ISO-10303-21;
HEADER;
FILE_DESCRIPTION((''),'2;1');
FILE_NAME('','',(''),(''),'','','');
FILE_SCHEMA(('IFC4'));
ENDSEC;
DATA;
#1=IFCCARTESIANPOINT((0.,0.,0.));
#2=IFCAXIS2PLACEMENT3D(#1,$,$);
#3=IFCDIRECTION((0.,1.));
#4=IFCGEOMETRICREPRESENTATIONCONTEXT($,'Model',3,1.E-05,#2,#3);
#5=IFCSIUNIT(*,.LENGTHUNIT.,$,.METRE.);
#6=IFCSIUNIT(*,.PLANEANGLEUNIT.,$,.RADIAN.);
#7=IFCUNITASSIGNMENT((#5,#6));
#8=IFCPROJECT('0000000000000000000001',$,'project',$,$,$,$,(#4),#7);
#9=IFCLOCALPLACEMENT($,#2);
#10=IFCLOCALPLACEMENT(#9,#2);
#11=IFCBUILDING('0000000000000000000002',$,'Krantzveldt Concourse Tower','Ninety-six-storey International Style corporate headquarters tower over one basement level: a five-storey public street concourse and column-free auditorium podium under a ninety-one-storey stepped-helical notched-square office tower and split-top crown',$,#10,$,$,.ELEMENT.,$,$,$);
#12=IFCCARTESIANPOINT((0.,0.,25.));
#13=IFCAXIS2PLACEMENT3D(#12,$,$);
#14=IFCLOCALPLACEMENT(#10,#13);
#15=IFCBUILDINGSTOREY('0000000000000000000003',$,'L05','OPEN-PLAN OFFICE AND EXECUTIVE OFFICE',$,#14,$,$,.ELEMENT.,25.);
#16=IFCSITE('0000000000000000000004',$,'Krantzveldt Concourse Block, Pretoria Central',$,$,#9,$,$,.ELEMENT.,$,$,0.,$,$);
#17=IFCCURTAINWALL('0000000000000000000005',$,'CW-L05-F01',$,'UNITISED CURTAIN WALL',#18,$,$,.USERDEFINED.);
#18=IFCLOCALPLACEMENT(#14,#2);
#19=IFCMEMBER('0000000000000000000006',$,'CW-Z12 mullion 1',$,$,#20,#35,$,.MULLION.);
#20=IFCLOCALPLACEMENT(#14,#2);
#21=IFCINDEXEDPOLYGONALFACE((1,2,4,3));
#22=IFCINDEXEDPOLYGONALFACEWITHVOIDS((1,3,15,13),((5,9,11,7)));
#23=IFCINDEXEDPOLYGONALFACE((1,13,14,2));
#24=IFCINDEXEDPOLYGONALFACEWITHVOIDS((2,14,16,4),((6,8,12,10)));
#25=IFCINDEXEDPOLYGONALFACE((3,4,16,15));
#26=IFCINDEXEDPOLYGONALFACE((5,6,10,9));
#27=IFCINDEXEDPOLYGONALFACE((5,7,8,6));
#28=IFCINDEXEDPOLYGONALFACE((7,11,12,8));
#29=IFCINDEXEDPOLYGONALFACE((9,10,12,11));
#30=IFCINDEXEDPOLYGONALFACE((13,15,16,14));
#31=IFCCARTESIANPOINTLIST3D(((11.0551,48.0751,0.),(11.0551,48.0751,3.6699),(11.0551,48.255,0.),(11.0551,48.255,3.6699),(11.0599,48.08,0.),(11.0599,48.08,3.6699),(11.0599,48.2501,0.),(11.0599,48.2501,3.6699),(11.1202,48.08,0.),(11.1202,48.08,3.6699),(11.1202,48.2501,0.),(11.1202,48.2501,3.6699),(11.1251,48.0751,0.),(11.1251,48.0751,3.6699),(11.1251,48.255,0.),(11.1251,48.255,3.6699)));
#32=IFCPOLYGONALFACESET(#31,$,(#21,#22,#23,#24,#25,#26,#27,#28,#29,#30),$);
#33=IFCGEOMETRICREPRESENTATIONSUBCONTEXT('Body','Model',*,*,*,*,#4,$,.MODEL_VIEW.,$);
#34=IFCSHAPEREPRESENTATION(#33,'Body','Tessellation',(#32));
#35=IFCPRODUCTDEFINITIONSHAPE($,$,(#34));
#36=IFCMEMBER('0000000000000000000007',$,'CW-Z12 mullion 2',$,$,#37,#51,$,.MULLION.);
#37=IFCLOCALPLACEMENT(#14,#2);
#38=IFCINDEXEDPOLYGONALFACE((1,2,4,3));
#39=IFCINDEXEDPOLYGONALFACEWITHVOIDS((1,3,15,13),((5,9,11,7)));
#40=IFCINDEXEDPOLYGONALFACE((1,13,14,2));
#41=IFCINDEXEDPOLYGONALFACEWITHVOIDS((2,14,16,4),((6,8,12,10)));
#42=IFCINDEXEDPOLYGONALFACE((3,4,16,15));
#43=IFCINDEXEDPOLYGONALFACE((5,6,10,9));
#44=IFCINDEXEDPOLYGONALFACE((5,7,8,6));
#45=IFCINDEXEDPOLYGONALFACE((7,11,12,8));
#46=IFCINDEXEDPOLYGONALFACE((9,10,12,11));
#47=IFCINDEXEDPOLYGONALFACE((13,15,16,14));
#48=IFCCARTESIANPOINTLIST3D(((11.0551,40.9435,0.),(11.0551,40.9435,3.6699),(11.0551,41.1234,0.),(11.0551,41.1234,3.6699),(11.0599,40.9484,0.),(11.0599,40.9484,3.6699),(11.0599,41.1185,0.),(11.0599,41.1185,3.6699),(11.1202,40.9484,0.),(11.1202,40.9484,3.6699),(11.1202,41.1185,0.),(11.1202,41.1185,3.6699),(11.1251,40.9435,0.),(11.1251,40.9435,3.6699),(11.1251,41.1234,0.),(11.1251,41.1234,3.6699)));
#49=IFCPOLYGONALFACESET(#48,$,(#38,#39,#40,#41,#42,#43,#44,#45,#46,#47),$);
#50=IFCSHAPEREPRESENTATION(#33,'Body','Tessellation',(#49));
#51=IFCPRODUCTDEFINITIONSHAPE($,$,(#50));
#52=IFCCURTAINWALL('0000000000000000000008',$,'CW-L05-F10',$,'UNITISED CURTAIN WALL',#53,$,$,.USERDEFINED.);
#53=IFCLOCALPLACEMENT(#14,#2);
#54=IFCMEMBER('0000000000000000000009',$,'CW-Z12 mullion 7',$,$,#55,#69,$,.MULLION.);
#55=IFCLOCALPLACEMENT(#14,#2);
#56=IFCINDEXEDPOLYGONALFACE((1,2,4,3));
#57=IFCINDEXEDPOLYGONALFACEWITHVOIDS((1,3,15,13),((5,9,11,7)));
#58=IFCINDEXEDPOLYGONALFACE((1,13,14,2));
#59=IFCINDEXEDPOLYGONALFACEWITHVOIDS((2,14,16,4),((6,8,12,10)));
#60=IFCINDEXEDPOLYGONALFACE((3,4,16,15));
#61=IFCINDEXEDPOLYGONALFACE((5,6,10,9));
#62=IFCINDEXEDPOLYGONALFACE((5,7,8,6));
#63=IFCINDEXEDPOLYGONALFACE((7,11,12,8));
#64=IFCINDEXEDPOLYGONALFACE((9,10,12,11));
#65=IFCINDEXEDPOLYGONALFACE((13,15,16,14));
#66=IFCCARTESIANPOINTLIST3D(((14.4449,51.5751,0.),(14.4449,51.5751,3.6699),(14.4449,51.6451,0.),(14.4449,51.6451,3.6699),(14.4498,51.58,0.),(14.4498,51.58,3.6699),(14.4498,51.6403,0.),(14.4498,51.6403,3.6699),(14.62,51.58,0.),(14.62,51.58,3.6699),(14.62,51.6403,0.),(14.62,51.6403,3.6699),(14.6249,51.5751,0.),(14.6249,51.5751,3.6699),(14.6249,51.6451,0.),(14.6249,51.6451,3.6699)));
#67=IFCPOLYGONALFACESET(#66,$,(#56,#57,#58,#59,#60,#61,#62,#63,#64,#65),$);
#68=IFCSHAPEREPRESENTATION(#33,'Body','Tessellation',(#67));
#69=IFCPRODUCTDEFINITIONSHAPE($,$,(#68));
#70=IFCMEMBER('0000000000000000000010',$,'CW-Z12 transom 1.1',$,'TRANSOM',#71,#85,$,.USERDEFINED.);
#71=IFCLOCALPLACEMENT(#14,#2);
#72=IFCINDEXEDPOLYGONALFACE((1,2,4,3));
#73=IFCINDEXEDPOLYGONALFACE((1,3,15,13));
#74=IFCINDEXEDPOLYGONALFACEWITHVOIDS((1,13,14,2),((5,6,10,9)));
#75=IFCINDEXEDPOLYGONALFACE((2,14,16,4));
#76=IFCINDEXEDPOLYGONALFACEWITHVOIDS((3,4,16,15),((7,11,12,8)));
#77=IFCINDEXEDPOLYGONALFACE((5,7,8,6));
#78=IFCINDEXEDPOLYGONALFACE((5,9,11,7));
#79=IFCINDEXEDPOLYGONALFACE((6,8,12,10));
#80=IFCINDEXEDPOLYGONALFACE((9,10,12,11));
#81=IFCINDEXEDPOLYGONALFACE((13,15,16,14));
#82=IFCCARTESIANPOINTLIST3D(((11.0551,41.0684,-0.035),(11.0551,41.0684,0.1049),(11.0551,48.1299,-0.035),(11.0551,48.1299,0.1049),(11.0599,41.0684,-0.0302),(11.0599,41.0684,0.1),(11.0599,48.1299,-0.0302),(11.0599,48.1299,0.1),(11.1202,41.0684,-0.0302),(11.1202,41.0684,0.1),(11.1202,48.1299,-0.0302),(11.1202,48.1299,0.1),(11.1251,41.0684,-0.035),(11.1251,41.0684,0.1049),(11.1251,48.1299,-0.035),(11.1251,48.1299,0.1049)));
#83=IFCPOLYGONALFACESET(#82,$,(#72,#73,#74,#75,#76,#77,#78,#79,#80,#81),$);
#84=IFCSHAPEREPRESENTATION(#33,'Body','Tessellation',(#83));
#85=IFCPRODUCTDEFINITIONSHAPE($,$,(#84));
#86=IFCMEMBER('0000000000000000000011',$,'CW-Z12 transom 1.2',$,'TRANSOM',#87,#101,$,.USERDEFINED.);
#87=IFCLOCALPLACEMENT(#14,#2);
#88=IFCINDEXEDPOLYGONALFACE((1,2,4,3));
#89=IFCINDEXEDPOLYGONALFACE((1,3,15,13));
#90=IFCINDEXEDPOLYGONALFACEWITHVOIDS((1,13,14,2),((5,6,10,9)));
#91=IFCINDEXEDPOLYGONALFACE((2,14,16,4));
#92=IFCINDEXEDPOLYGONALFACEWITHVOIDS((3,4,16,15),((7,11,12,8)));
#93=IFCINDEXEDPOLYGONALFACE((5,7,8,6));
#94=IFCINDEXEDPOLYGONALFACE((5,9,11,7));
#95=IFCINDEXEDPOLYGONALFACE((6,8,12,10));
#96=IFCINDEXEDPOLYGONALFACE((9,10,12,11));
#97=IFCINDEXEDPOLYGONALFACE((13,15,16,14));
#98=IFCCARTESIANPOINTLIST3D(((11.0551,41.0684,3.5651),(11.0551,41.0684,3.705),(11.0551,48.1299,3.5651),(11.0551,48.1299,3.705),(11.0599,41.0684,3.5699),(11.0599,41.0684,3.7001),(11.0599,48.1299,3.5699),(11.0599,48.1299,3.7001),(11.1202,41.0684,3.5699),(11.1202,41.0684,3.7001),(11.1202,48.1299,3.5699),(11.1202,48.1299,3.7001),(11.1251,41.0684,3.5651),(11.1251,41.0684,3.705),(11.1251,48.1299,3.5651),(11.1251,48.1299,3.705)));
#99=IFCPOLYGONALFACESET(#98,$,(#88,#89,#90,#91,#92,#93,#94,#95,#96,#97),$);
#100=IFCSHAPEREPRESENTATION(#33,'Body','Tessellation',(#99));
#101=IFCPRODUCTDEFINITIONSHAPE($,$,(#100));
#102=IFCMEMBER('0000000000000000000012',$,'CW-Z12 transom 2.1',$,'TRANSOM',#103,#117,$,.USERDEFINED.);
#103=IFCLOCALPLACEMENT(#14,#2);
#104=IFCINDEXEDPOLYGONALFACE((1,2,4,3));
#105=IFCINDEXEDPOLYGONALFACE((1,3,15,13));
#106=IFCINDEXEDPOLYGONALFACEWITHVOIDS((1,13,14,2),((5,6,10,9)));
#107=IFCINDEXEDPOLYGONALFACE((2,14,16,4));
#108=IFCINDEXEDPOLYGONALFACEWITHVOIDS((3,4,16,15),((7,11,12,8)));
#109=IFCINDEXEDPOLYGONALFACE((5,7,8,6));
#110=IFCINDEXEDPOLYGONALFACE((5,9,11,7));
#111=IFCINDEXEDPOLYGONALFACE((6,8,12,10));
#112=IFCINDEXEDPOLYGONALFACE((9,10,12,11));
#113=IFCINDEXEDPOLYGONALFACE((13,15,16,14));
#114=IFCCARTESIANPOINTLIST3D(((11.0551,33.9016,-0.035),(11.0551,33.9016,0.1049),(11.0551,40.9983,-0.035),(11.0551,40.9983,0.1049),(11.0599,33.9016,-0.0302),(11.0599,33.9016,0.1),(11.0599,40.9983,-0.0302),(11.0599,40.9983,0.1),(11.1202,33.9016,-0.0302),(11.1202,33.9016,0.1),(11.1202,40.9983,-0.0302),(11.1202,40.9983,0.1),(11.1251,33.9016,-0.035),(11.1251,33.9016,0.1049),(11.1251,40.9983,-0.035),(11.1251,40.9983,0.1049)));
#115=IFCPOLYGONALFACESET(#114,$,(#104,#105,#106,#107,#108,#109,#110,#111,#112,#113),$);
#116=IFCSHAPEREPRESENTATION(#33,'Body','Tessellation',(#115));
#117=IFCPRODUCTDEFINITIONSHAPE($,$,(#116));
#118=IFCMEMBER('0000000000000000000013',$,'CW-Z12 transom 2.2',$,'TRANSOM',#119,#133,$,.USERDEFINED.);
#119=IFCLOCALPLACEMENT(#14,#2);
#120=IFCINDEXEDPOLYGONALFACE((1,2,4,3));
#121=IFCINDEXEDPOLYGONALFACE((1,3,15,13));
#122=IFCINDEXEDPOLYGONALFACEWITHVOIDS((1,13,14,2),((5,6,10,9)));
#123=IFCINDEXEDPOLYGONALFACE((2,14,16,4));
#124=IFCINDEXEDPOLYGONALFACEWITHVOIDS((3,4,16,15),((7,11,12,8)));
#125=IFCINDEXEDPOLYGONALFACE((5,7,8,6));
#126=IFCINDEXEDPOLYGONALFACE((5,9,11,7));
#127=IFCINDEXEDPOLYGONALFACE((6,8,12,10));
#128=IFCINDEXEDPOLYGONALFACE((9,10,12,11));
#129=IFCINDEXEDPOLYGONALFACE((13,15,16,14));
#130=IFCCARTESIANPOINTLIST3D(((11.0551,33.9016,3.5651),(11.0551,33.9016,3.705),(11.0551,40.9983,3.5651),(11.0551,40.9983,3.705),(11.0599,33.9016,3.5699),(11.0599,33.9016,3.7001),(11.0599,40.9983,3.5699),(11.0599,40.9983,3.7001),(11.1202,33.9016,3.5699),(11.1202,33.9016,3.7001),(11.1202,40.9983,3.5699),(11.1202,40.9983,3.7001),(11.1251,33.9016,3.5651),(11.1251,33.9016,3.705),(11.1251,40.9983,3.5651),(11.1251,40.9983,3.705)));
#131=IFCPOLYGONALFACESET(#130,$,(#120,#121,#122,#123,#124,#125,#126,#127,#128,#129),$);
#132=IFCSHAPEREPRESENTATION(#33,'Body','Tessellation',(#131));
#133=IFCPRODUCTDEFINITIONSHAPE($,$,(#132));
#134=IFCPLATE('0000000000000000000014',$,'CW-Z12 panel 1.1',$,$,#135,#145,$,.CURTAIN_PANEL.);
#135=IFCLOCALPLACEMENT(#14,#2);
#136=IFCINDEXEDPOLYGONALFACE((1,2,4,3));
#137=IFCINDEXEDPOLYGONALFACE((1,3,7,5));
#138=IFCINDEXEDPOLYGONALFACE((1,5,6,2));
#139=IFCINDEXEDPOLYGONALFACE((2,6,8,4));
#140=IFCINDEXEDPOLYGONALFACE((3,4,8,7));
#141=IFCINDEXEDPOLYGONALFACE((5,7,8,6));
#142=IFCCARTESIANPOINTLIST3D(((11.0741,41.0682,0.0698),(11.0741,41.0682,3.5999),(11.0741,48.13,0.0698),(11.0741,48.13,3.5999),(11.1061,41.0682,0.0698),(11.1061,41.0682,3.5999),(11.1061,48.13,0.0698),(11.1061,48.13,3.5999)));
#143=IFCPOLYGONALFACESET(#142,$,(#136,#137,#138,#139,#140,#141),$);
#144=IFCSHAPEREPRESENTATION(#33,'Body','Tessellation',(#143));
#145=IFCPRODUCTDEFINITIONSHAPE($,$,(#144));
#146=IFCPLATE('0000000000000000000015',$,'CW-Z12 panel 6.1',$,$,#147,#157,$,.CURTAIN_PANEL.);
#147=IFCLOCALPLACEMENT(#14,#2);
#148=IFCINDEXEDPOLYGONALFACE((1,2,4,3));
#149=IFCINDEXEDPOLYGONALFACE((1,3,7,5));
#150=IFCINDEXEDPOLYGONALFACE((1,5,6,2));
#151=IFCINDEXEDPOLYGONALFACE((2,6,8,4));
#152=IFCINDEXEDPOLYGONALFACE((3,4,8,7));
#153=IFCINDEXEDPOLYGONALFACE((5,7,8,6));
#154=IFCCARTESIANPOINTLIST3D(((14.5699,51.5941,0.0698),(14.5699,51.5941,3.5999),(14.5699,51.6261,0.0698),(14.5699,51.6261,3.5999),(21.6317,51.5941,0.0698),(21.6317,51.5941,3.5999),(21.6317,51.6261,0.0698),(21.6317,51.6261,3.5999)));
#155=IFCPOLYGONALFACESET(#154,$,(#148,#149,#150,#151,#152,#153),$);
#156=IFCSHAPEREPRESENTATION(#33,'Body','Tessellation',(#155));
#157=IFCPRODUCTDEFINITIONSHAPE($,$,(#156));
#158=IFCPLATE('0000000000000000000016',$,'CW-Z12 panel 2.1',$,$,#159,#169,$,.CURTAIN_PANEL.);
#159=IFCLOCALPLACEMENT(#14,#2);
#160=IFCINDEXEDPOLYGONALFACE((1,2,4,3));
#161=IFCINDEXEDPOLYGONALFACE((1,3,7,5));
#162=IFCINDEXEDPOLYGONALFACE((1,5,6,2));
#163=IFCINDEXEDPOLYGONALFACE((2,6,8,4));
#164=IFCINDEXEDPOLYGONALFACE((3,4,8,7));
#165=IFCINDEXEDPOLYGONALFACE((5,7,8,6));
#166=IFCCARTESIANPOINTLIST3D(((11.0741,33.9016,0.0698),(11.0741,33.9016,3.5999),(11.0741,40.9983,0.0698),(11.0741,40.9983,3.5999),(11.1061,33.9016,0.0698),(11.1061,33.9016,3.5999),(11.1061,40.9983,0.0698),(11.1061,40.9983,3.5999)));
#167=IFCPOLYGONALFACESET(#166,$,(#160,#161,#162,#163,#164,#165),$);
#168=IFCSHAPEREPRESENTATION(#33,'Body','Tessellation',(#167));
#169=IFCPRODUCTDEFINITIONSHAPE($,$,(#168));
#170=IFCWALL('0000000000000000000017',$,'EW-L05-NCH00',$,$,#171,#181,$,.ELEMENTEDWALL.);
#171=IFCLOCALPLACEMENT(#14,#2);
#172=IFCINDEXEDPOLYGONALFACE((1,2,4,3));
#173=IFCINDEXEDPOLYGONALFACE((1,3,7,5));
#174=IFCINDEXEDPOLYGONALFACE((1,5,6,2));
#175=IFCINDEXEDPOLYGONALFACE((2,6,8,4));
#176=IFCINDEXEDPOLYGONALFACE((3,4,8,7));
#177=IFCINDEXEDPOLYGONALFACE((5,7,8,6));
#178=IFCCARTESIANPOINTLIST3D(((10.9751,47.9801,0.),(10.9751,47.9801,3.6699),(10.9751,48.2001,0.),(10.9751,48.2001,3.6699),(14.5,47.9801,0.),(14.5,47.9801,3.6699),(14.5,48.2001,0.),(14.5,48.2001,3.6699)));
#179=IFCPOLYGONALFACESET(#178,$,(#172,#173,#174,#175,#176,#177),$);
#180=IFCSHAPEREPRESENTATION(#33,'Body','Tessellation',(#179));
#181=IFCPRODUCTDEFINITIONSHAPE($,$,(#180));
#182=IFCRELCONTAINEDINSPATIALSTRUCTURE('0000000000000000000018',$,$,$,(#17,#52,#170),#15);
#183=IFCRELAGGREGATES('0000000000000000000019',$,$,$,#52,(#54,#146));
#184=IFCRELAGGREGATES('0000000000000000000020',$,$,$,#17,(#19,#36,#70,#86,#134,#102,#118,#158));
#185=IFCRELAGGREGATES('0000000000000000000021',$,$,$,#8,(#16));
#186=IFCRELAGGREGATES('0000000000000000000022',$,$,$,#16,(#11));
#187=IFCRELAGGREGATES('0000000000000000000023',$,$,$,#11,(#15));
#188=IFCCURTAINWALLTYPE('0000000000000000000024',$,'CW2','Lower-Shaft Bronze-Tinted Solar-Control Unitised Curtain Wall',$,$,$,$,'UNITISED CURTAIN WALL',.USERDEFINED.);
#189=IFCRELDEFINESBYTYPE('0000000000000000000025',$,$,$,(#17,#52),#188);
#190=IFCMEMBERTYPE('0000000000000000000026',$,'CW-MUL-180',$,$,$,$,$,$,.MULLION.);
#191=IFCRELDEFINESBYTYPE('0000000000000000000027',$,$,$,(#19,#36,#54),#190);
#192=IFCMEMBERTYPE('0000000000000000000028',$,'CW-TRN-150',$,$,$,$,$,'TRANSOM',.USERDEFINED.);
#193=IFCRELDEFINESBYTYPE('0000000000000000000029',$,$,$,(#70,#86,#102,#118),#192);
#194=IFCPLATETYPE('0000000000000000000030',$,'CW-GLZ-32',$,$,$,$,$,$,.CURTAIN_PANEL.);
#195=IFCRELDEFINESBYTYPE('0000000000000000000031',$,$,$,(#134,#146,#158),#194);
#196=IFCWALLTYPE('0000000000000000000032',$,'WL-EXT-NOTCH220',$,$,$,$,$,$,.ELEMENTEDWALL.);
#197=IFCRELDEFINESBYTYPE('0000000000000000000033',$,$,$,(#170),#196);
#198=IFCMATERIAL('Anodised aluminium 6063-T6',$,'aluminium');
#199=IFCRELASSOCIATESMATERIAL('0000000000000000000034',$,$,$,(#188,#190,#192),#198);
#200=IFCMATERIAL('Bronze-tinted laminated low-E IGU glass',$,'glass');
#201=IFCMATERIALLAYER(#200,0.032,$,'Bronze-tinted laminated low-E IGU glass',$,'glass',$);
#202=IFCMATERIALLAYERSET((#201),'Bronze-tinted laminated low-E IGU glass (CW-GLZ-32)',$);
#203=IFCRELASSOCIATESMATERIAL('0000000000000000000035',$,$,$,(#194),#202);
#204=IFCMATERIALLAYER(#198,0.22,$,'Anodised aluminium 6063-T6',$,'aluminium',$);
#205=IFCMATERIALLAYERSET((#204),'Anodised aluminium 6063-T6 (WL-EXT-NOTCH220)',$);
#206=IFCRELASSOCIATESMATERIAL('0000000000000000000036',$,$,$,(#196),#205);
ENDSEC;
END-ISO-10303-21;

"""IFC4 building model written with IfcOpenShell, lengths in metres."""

from ifc_helpers import new_model, si_unit, direction, frame, frame_2d, origin, origin_2d, place, context, subcontext, project, spatial, rectangle, hollow_rectangle, extrude, source, transform, mapped, material, layer, layer_set, material_profile, profile_set, type_object, type_shapes, element, aggregate, save


model = new_model("IFC4")

# Units and contexts
model_context = context("Model", 3, precision=1e-05, world=origin(), true_north=direction((0.0, 1.0)))
body_context = subcontext(model_context, "Body", "Model", "MODEL_VIEW")
ifc_project = project(units=[si_unit("LENGTHUNIT", "METRE"), si_unit("PLANEANGLEUNIT", "RADIAN")], contexts=[model_context])

# Site, building, storey
site_placement = place(None, origin())
site = spatial("IfcSite", under=ifc_project, at=site_placement, Name="Krantzveldt Concourse Block, Pretoria Central", CompositionType="ELEMENT", RefElevation=0.0)
building_placement = place(site_placement, origin())
building = spatial("IfcBuilding", under=site, at=building_placement, Name="Krantzveldt Concourse Tower", Description="Ninety-six-storey International Style corporate headquarters tower over one basement level: a five-storey public street concourse and column-free auditorium podium under a ninety-one-storey stepped-helical notched-square office tower and split-top crown", CompositionType="ELEMENT")
storey_placement = place(building_placement, frame((0.0, 0.0, 25.0)))
storey = spatial("IfcBuildingStorey", under=building, at=storey_placement, Name="L05", Description="OPEN-PLAN OFFICE AND EXECUTIVE OFFICE", CompositionType="ELEMENT", Elevation=25.0)

# Curtain wall, members
ifc_material_1 = material(Name="Anodised aluminium 6063-T6", Category="aluminium")
curtain_wall_type = type_object("IfcCurtainWallType", Name="CW2", Description="Lower-Shaft Bronze-Tinted Solar-Control Unitised Curtain Wall", ElementType="UNITISED CURTAIN WALL", PredefinedType="USERDEFINED", material=ifc_material_1)
curtain_wall_1_placement = place(storey_placement, origin())
curtain_wall_1 = element("IfcCurtainWall", 1, at=curtain_wall_1_placement, inside=storey, type_object=curtain_wall_type, Name="CW-L05-F01", ObjectType="UNITISED CURTAIN WALL", PredefinedType="USERDEFINED")
ifc_material_profile_1 = material_profile(ifc_material_1, hollow_rectangle(XDim=0.0701, YDim=0.1799, WallThickness=0.0049, at=origin_2d()), Name="Anodised aluminium 6063-T6", Category="aluminium")
ifc_profile_set_1 = profile_set([ifc_material_profile_1], Name="Anodised aluminium 6063-T6 - ALU-MULL 180x70x5")
member_type_1 = type_object("IfcMemberType", Name="CW-MUL-180", PredefinedType="MULLION", material=ifc_profile_set_1)
shared_shape_1 = source(origin(), body_context, "Body", "SweptSolid", [
    extrude(hollow_rectangle(XDim=0.0701, YDim=0.1799, WallThickness=0.0049, at=origin_2d()), origin(), (0.0, 0.0, 1.0), 3.6699),
])
type_shapes(member_type_1, [shared_shape_1])
member_1_placement = place(storey_placement, frame((11.0901, 48.165, 0.0), z_axis=(0.0, 0.0, 1.0), x_axis=(1.0, 0.0, 0.0)))
member_1 = element("IfcMember", 2, at=member_1_placement, type_object=member_type_1, Name="CW-Z12 mullion 1", PredefinedType="MULLION", context=body_context, shape_type="MappedRepresentation", body=[
    mapped(shared_shape_1, transform((0.0, 0.0, 0.0), x_axis=(1.0, 0.0, 0.0), y_axis=(0.0, 1.0, 0.0), z_axis=(0.0, 0.0, 1.0), scale=1.0)),
])
member_2_placement = place(storey_placement, frame((11.0901, 41.0334, 0.0), z_axis=(0.0, 0.0, 1.0), x_axis=(1.0, 0.0, 0.0)))
member_2 = element("IfcMember", 3, at=member_2_placement, type_object=member_type_1, Name="CW-Z12 mullion 2", PredefinedType="MULLION", context=body_context, shape_type="MappedRepresentation", body=[
    mapped(shared_shape_1, transform((0.0, 0.0, 0.0), x_axis=(1.0, 0.0, 0.0), y_axis=(0.0, 1.0, 0.0), z_axis=(0.0, 0.0, 1.0), scale=1.0)),
])

# Curtain wall, member
curtain_wall_2_placement = place(storey_placement, origin())
curtain_wall_2 = element("IfcCurtainWall", 4, at=curtain_wall_2_placement, inside=storey, type_object=curtain_wall_type, Name="CW-L05-F10", ObjectType="UNITISED CURTAIN WALL", PredefinedType="USERDEFINED")
member_3_placement = place(storey_placement, frame((14.5349, 51.6101, 0.0), z_axis=(0.0, 0.0, 1.0), x_axis=(0.0, -1.0, 0.0)))
member_3 = element("IfcMember", 5, at=member_3_placement, type_object=member_type_1, Name="CW-Z12 mullion 7", PredefinedType="MULLION", context=body_context, shape_type="MappedRepresentation", body=[
    mapped(shared_shape_1, transform((0.0, 0.0, 0.0), x_axis=(1.0, 0.0, 0.0), y_axis=(0.0, 1.0, 0.0), z_axis=(0.0, 0.0, 1.0), scale=1.0)),
])

# Members
ifc_material_profile_2 = material_profile(ifc_material_1, hollow_rectangle(XDim=0.0701, YDim=0.1399, WallThickness=0.0049, at=origin_2d()), Name="Anodised aluminium 6063-T6", Category="aluminium")
ifc_profile_set_2 = profile_set([ifc_material_profile_2], Name="Anodised aluminium 6063-T6 - ALU-TRAN 140x70x5")
member_type_2 = type_object("IfcMemberType", Name="CW-TRN-150", ElementType="TRANSOM", PredefinedType="USERDEFINED", material=ifc_profile_set_2)
shared_shape_2 = source(origin(), body_context, "Body", "SweptSolid", [
    extrude(hollow_rectangle(XDim=0.0701, YDim=0.1399, WallThickness=0.0049, at=origin_2d()), origin(), (0.0, 0.0, 1.0), 7.0615),
])
member_4_placement = place(storey_placement, frame((11.0901, 48.1299, 0.0349), z_axis=(0.0, -1.0, 0.0), x_axis=(1.0, 0.0, 0.0)))
member_4 = element("IfcMember", 6, at=member_4_placement, type_object=member_type_2, Name="CW-Z12 transom 1.1", ObjectType="TRANSOM", PredefinedType="USERDEFINED", context=body_context, shape_type="MappedRepresentation", body=[
    mapped(shared_shape_2, transform((0.0, 0.0, 0.0), x_axis=(1.0, 0.0, 0.0), y_axis=(0.0, 1.0, 0.0), z_axis=(0.0, 0.0, 1.0), scale=1.0)),
])
member_5_placement = place(storey_placement, frame((11.0901, 48.1299, 3.635), z_axis=(0.0, -1.0, 0.0), x_axis=(1.0, 0.0, 0.0)))
member_5 = element("IfcMember", 7, at=member_5_placement, type_object=member_type_2, Name="CW-Z12 transom 1.2", ObjectType="TRANSOM", PredefinedType="USERDEFINED", context=body_context, shape_type="MappedRepresentation", body=[
    mapped(shared_shape_2, transform((0.0, 0.0, 0.0), x_axis=(1.0, 0.0, 0.0), y_axis=(0.0, 1.0, 0.0), z_axis=(0.0, 0.0, 1.0), scale=1.0)),
])
shared_shape_3 = source(origin(), body_context, "Body", "SweptSolid", [
    extrude(hollow_rectangle(XDim=0.0701, YDim=0.1399, WallThickness=0.0049, at=origin_2d()), origin(), (0.0, 0.0, 1.0), 7.0967),
])
type_shapes(member_type_2, [shared_shape_2, shared_shape_3])
member_6_placement = place(storey_placement, frame((11.0901, 40.9983, 0.0349), z_axis=(0.0, -1.0, 0.0), x_axis=(1.0, 0.0, 0.0)))
member_6 = element("IfcMember", 8, at=member_6_placement, type_object=member_type_2, Name="CW-Z12 transom 2.1", ObjectType="TRANSOM", PredefinedType="USERDEFINED", context=body_context, shape_type="MappedRepresentation", body=[
    mapped(shared_shape_3, transform((0.0, 0.0, 0.0), x_axis=(1.0, 0.0, 0.0), y_axis=(0.0, 1.0, 0.0), z_axis=(0.0, 0.0, 1.0), scale=1.0)),
])
member_7_placement = place(storey_placement, frame((11.0901, 40.9983, 3.635), z_axis=(0.0, -1.0, 0.0), x_axis=(1.0, 0.0, 0.0)))
member_7 = element("IfcMember", 9, at=member_7_placement, type_object=member_type_2, Name="CW-Z12 transom 2.2", ObjectType="TRANSOM", PredefinedType="USERDEFINED", context=body_context, shape_type="MappedRepresentation", body=[
    mapped(shared_shape_3, transform((0.0, 0.0, 0.0), x_axis=(1.0, 0.0, 0.0), y_axis=(0.0, 1.0, 0.0), z_axis=(0.0, 0.0, 1.0), scale=1.0)),
])

# Plates
ifc_material_2 = material(Name="Bronze-tinted laminated low-E IGU glass", Category="glass")
ifc_layer_1 = layer(ifc_material_2, 0.032, Name="Bronze-tinted laminated low-E IGU glass", Category="glass")
ifc_layer_set_1 = layer_set([ifc_layer_1], Name="Bronze-tinted laminated low-E IGU glass (CW-GLZ-32)")
plate_type = type_object("IfcPlateType", Name="CW-GLZ-32", PredefinedType="CURTAIN_PANEL", material=ifc_layer_set_1)
shared_shape_4 = source(origin(), body_context, "Body", "SweptSolid", [
    extrude(rectangle(XDim=7.0618, YDim=0.032, at=origin_2d()), origin(), (0.0, 0.0, 1.0), 3.53),
])
plate_1_placement = place(storey_placement, frame((11.0901, 44.5991, 0.0698), z_axis=(0.0, 0.0, 1.0), x_axis=(0.0, -1.0, 0.0)))
plate_1 = element("IfcPlate", 10, at=plate_1_placement, type_object=plate_type, Name="CW-Z12 panel 1.1", PredefinedType="CURTAIN_PANEL", context=body_context, shape_type="MappedRepresentation", body=[
    mapped(shared_shape_4, transform((0.0, 0.0, 0.0), x_axis=(1.0, 0.0, 0.0), y_axis=(0.0, 1.0, 0.0), z_axis=(0.0, 0.0, 1.0), scale=1.0)),
])
plate_2_placement = place(storey_placement, frame((18.1008, 51.6101, 0.0698), z_axis=(0.0, 0.0, 1.0), x_axis=(-1.0, 0.0, 0.0)))
plate_2 = element("IfcPlate", 11, at=plate_2_placement, type_object=plate_type, Name="CW-Z12 panel 6.1", PredefinedType="CURTAIN_PANEL", context=body_context, shape_type="MappedRepresentation", body=[
    mapped(shared_shape_4, transform((0.0, 0.0, 0.0), x_axis=(1.0, 0.0, 0.0), y_axis=(0.0, 1.0, 0.0), z_axis=(0.0, 0.0, 1.0), scale=1.0)),
])
aggregate(curtain_wall_2, [member_3, plate_2])
shared_shape_5 = source(origin(), body_context, "Body", "SweptSolid", [
    extrude(rectangle(XDim=7.0967, YDim=0.032, at=origin_2d()), origin(), (0.0, 0.0, 1.0), 3.53),
])
type_shapes(plate_type, [shared_shape_4, shared_shape_5])
plate_3_placement = place(storey_placement, frame((11.0901, 37.45, 0.0698), z_axis=(0.0, 0.0, 1.0), x_axis=(0.0, -1.0, 0.0)))
plate_3 = element("IfcPlate", 12, at=plate_3_placement, type_object=plate_type, Name="CW-Z12 panel 2.1", PredefinedType="CURTAIN_PANEL", context=body_context, shape_type="MappedRepresentation", body=[
    mapped(shared_shape_5, transform((0.0, 0.0, 0.0), x_axis=(1.0, 0.0, 0.0), y_axis=(0.0, 1.0, 0.0), z_axis=(0.0, 0.0, 1.0), scale=1.0)),
])
aggregate(curtain_wall_1, [member_1, member_2, member_4, member_5, plate_1, member_6, member_7, plate_3])

# Wall
ifc_layer_2 = layer(ifc_material_1, 0.22, Name="Anodised aluminium 6063-T6", Category="aluminium")
ifc_layer_set_2 = layer_set([ifc_layer_2], Name="Anodised aluminium 6063-T6 (WL-EXT-NOTCH220)")
wall_type = type_object("IfcWallType", Name="WL-EXT-NOTCH220", PredefinedType="ELEMENTEDWALL", material=ifc_layer_set_2)
wall_1_placement = place(storey_placement, frame((14.5, 48.0901, 0.0), z_axis=(0.0, 0.0, 1.0), x_axis=(-1.0, 0.0, 0.0)))
element("IfcWall", 13, at=wall_1_placement, inside=storey, type_object=wall_type, Name="EW-L05-NCH00", PredefinedType="ELEMENTEDWALL", context=body_context, shape_type="SweptSolid", body=[
    extrude(rectangle(XDim=3.5249, YDim=0.22, at=frame_2d((1.7625, 0.0))), origin(), (0.0, 0.0, 1.0), 3.6699),
])

save(model, "model.ifc")
